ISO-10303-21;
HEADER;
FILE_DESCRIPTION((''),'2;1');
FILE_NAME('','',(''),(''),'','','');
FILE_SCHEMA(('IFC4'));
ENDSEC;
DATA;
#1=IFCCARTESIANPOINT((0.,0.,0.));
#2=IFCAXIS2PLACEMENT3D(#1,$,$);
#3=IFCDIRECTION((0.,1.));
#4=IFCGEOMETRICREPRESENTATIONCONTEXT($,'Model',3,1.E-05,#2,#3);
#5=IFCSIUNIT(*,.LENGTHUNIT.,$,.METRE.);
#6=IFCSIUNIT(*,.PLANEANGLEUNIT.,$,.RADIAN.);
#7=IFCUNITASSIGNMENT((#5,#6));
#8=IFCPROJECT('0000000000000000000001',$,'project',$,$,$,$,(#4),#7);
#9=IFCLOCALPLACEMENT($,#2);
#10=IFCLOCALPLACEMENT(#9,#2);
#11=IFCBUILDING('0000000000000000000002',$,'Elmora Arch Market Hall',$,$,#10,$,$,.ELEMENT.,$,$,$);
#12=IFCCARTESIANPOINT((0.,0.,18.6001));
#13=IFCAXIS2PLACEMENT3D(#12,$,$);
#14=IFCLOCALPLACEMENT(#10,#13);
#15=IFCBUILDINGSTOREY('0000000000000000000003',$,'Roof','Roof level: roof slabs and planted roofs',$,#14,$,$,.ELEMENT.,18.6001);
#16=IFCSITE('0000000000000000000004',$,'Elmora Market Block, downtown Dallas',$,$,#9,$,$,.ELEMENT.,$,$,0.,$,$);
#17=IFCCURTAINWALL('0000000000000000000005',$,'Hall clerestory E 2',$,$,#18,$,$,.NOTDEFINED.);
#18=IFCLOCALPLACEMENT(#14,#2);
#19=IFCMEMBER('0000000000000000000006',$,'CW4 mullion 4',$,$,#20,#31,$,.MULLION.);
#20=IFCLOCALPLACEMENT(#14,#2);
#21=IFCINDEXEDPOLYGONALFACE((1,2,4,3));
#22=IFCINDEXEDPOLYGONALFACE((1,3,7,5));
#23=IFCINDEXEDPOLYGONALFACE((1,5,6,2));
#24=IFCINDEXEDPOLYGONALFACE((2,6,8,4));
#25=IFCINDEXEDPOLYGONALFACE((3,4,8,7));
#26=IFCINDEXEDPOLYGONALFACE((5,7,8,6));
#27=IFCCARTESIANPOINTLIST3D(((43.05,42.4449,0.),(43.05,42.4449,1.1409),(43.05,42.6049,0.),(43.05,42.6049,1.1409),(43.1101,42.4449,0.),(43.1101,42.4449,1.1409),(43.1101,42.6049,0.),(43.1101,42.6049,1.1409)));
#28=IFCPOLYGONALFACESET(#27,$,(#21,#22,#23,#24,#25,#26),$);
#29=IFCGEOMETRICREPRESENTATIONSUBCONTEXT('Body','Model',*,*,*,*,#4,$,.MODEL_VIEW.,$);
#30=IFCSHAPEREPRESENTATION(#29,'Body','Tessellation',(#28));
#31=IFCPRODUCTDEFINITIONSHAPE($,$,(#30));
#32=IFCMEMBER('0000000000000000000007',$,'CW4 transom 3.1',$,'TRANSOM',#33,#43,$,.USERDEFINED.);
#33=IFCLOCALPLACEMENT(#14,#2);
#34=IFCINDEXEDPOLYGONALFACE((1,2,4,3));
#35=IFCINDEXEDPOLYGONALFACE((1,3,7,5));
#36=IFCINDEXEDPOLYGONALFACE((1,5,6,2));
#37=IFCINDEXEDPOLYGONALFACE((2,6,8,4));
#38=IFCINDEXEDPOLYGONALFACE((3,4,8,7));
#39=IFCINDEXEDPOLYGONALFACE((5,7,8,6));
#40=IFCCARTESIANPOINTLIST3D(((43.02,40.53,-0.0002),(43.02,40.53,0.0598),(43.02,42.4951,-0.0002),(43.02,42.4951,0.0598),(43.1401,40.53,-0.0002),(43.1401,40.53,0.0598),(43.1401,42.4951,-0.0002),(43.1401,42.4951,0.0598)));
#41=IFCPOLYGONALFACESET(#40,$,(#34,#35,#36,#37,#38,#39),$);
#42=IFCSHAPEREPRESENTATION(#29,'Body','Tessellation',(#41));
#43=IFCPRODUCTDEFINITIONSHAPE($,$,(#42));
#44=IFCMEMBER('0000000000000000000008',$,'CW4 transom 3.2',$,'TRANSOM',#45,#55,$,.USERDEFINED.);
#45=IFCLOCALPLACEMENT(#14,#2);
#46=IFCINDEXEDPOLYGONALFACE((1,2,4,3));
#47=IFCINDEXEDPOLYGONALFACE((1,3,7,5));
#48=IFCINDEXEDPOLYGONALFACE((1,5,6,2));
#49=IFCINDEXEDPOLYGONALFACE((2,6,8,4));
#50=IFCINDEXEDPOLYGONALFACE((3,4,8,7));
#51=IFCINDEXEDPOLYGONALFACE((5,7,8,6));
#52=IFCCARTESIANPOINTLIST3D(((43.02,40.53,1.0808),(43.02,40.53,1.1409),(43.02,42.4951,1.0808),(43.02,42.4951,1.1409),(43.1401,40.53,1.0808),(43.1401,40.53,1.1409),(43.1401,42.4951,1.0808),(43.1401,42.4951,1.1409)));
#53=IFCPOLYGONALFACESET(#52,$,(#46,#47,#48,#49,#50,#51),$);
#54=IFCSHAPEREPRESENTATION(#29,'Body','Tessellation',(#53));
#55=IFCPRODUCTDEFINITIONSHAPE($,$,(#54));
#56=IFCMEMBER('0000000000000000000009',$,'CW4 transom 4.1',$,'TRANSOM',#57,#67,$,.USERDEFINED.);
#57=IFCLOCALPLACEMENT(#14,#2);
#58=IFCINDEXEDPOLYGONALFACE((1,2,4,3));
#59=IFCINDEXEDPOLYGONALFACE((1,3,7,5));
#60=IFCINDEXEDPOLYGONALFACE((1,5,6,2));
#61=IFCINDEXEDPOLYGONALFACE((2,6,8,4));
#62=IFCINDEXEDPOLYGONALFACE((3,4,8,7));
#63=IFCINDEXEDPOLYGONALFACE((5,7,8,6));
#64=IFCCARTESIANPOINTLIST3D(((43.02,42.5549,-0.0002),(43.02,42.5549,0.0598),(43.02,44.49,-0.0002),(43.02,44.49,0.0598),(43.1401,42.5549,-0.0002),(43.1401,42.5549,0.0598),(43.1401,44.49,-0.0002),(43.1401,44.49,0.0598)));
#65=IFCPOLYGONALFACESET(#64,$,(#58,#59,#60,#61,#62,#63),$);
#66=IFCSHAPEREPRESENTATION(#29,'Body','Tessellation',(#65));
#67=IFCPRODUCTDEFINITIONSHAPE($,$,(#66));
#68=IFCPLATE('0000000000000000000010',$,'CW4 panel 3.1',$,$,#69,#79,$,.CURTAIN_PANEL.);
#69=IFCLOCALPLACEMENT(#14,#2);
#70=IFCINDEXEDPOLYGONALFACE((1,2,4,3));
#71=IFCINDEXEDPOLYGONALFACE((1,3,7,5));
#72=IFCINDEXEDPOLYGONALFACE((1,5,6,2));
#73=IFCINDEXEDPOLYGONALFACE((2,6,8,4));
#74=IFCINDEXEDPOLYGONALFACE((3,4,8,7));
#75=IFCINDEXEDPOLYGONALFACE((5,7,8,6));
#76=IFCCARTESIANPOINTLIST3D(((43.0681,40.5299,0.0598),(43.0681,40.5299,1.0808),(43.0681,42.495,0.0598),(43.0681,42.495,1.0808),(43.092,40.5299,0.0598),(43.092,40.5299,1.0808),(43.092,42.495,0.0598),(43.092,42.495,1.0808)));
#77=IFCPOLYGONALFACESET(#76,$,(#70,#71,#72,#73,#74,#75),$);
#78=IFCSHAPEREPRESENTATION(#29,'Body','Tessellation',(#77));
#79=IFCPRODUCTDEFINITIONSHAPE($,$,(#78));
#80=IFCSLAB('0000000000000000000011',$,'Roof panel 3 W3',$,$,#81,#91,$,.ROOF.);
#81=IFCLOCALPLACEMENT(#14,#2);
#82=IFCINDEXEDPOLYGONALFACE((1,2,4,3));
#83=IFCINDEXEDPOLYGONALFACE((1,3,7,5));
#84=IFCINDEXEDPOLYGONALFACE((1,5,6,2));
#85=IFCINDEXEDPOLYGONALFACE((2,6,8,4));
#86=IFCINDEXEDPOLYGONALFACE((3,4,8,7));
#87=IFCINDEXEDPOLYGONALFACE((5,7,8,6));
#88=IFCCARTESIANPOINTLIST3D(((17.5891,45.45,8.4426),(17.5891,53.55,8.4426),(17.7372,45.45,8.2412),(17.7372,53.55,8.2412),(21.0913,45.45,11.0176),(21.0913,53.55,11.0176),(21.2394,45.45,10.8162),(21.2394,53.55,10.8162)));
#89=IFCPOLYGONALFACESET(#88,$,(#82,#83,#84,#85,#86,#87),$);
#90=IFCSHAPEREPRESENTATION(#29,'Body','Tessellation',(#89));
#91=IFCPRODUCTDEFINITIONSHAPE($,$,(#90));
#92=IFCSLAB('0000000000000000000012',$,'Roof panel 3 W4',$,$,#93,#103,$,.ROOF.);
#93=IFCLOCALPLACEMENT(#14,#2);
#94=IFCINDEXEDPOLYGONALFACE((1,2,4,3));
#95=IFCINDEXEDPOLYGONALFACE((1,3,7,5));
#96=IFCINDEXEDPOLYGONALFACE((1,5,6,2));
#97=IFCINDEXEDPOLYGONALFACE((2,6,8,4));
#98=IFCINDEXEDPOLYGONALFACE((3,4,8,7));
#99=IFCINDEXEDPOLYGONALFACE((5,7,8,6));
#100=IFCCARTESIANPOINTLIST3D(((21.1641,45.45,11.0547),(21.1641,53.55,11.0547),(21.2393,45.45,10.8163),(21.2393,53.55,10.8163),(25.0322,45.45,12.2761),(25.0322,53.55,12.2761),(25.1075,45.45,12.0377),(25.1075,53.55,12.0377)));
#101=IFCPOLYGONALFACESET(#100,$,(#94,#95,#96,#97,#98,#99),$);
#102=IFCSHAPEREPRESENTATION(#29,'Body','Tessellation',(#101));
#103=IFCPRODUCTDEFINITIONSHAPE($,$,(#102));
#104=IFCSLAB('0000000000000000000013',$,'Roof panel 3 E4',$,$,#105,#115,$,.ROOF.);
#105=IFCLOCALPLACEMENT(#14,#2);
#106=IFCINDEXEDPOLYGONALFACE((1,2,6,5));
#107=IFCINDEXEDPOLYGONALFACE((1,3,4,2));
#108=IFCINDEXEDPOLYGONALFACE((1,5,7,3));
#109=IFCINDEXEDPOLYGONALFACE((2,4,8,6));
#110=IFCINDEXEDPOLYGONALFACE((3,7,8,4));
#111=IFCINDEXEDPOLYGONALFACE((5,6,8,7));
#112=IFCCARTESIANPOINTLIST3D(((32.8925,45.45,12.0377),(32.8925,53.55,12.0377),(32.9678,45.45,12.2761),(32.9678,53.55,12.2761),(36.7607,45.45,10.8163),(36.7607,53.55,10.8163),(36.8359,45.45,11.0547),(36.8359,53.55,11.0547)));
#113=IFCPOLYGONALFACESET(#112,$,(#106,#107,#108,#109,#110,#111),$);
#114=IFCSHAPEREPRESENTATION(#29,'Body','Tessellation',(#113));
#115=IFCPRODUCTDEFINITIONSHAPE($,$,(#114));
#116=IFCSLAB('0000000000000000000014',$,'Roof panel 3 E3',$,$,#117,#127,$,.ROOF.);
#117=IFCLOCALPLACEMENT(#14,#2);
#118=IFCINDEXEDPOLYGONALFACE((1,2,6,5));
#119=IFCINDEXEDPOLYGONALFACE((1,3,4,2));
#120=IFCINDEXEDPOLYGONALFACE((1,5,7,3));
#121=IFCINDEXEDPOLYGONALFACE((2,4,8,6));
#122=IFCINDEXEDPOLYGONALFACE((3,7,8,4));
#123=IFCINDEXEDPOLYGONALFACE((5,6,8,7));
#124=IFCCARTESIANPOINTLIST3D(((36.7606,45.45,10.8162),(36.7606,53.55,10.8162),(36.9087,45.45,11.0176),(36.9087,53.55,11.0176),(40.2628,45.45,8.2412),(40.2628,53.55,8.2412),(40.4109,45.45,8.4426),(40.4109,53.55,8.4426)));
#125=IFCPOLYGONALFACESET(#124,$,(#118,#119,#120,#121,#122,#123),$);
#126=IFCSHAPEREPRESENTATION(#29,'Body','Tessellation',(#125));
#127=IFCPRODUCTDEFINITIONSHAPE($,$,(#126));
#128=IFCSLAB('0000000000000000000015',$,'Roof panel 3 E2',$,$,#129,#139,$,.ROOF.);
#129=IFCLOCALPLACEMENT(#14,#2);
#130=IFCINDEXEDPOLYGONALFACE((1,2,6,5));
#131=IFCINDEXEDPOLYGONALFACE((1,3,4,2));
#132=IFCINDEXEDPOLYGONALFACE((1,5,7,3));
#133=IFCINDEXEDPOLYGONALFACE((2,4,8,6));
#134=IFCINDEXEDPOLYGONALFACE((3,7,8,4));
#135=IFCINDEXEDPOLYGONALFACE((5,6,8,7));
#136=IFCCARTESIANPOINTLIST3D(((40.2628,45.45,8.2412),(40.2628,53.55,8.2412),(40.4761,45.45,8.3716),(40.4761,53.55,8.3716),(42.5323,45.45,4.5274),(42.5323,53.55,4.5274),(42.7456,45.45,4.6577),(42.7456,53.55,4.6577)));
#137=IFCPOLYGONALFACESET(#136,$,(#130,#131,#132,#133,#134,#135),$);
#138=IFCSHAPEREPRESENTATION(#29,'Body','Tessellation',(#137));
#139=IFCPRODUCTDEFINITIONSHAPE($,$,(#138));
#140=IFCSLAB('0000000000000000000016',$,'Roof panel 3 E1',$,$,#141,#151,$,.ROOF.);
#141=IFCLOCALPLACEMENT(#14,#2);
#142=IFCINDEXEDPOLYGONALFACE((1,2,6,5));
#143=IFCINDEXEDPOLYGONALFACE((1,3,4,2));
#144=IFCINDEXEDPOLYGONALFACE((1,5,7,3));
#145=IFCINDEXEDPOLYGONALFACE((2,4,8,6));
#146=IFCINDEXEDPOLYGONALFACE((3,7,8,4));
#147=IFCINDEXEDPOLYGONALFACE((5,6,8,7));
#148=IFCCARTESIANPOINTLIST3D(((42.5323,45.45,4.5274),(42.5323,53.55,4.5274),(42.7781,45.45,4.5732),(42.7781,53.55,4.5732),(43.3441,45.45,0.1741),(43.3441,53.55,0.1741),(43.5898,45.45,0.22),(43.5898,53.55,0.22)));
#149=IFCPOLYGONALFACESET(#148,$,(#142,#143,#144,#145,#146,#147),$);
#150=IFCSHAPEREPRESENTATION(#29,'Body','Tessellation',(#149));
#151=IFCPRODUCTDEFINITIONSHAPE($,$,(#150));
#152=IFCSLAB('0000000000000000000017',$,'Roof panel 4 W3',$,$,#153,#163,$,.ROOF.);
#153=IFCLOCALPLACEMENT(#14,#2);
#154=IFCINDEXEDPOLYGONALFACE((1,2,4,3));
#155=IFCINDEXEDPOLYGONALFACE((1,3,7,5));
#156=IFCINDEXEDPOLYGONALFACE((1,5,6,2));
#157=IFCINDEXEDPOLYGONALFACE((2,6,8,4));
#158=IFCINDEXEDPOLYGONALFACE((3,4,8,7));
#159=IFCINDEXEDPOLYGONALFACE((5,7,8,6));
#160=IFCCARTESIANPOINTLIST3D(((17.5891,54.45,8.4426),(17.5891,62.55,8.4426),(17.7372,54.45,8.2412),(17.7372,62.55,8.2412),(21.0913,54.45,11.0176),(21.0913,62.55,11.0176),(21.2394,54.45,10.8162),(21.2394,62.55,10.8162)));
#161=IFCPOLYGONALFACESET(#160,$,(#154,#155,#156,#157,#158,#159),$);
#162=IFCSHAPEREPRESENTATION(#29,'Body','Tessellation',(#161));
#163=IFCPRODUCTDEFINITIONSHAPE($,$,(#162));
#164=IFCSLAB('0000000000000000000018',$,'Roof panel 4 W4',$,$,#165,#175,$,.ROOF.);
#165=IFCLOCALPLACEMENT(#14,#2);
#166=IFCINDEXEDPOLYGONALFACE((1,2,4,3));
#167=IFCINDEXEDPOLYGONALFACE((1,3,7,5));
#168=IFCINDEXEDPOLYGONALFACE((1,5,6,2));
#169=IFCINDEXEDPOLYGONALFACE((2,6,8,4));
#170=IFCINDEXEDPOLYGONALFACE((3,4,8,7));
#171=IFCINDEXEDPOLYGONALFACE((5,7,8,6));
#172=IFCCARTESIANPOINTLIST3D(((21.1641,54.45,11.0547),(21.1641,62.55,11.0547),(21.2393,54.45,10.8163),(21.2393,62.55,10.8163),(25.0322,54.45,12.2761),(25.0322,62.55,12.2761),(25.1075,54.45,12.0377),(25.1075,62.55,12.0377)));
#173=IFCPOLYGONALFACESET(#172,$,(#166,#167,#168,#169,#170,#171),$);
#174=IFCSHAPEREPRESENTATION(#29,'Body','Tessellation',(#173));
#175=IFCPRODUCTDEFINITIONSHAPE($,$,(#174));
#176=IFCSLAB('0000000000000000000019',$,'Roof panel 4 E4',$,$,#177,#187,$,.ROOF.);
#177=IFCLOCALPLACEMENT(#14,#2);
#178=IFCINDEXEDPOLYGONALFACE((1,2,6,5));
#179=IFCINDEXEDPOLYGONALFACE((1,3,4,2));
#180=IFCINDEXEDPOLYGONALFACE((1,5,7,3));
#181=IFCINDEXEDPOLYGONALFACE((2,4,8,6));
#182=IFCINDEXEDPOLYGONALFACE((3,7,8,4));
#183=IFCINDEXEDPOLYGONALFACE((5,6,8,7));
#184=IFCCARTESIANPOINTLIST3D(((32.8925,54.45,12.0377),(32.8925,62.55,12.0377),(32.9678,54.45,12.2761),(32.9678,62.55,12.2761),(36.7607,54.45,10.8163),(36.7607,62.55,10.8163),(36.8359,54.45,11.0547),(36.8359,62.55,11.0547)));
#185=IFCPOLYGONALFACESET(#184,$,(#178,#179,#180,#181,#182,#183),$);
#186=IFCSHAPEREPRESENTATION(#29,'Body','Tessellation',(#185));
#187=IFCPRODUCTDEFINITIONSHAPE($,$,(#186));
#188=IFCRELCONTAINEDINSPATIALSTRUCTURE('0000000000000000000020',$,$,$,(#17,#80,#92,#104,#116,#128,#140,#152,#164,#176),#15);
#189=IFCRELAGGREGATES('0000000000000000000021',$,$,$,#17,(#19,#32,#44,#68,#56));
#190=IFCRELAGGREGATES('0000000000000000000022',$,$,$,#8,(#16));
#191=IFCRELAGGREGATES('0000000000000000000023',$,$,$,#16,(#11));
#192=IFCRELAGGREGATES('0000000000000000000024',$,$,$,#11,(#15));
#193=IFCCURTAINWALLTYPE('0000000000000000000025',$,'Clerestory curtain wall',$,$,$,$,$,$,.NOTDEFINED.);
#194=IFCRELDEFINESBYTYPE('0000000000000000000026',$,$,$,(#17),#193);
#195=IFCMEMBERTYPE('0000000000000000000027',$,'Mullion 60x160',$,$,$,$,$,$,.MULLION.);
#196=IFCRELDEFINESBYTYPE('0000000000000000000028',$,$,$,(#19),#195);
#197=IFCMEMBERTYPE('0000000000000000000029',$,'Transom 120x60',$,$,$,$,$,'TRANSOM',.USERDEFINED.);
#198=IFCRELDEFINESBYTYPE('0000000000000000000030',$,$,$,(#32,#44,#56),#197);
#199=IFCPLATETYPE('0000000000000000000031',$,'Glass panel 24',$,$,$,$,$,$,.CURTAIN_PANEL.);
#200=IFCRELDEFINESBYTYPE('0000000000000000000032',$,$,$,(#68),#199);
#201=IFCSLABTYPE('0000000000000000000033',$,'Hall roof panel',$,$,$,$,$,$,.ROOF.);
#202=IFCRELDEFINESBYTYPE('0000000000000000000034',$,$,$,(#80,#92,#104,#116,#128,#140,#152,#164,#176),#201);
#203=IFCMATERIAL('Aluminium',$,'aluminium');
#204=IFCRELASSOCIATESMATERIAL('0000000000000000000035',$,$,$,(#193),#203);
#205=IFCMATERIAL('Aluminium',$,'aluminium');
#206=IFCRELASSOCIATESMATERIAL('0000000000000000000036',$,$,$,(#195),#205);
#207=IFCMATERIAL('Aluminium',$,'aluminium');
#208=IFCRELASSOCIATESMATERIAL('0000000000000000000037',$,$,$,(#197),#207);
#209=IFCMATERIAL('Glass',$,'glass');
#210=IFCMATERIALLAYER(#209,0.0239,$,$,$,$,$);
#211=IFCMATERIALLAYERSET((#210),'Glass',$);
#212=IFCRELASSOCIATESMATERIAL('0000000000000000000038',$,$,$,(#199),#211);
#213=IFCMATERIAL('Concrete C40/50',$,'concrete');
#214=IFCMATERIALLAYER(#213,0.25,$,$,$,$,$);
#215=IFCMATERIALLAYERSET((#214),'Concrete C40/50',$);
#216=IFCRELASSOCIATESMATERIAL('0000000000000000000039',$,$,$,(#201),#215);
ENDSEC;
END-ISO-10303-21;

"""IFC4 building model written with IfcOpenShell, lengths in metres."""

from ifc_helpers import new_model, si_unit, direction, frame, origin, origin_2d, place, context, subcontext, project, spatial, polyline, rectangle, outline, extrude, material, layer, layer_set, material_profile, profile_set, type_object, element, aggregate, save


model = new_model("IFC4")

# Units and contexts
model_context = context("Model", 3, precision=1e-05, world=origin(), true_north=direction((0.0, 1.0)))
body_context = subcontext(model_context, "Body", "Model", "MODEL_VIEW")
ifc_project = project(units=[si_unit("LENGTHUNIT", "METRE"), si_unit("PLANEANGLEUNIT", "RADIAN")], contexts=[model_context])

# Site, building, storey
site_placement = place(None, origin())
site = spatial("IfcSite", under=ifc_project, at=site_placement, Name="Elmora Market Block, downtown Dallas", CompositionType="ELEMENT", RefElevation=0.0)
building_placement = place(site_placement, origin())
building = spatial("IfcBuilding", under=site, at=building_placement, Name="Elmora Arch Market Hall", CompositionType="ELEMENT")
storey_placement = place(building_placement, frame((0.0, 0.0, 18.6001)))
storey = spatial("IfcBuildingStorey", under=building, at=storey_placement, Name="Roof", Description="Roof level: roof slabs and planted roofs", CompositionType="ELEMENT", Elevation=18.6001)

# Curtain wall, members, plate
ifc_material_1 = material(Name="Aluminium", Category="aluminium")
curtain_wall_type = type_object("IfcCurtainWallType", Name="Clerestory curtain wall", PredefinedType="NOTDEFINED", material=ifc_material_1)
curtain_wall_placement = place(storey_placement, origin())
curtain_wall = element("IfcCurtainWall", 1, at=curtain_wall_placement, inside=storey, type_object=curtain_wall_type, Name="Hall clerestory E 2", PredefinedType="NOTDEFINED")
ifc_material_2 = material(Name="Aluminium", Category="aluminium")
ifc_material_profile_1 = material_profile(ifc_material_2, rectangle(XDim=0.0601, YDim=0.1599, at=origin_2d()), Name="AL 60x160")
ifc_profile_set_1 = profile_set([ifc_material_profile_1], Name="Aluminium")
member_type_1 = type_object("IfcMemberType", Name="Mullion 60x160", PredefinedType="MULLION", material=ifc_profile_set_1)
member_1_placement = place(storey_placement, frame((43.0801, 42.5249, 0.0), z_axis=(0.0, 0.0, 1.0), x_axis=(-1.0, 0.0, 0.0)))
member_1 = element("IfcMember", 2, at=member_1_placement, type_object=member_type_1, Name="CW4 mullion 4", PredefinedType="MULLION", context=body_context, shape_type="SweptSolid", body=[
    extrude(rectangle(XDim=0.0601, YDim=0.1599, at=origin_2d()), origin(), (0.0, 0.0, 1.0), 1.1409),
])
ifc_material_3 = material(Name="Aluminium", Category="aluminium")
ifc_material_profile_2 = material_profile(ifc_material_3, rectangle(XDim=0.1201, YDim=0.0601, at=origin_2d()), Name="AL 120x60")
ifc_profile_set_2 = profile_set([ifc_material_profile_2], Name="Aluminium")
member_type_2 = type_object("IfcMemberType", Name="Transom 120x60", ElementType="TRANSOM", PredefinedType="USERDEFINED", material=ifc_profile_set_2)
member_2_placement = place(storey_placement, frame((43.0801, 40.53, 0.0298), z_axis=(0.0, 1.0, 0.0), x_axis=(-1.0, 0.0, 0.0)))
member_2 = element("IfcMember", 3, at=member_2_placement, type_object=member_type_2, Name="CW4 transom 3.1", ObjectType="TRANSOM", PredefinedType="USERDEFINED", context=body_context, shape_type="SweptSolid", body=[
    extrude(rectangle(XDim=0.1201, YDim=0.0601, at=origin_2d()), origin(), (0.0, 0.0, 1.0), 1.9651),
])
member_3_placement = place(storey_placement, frame((43.0801, 40.53, 1.1108), z_axis=(0.0, 1.0, 0.0), x_axis=(-1.0, 0.0, 0.0)))
member_3 = element("IfcMember", 4, at=member_3_placement, type_object=member_type_2, Name="CW4 transom 3.2", ObjectType="TRANSOM", PredefinedType="USERDEFINED", context=body_context, shape_type="SweptSolid", body=[
    extrude(rectangle(XDim=0.1201, YDim=0.0601, at=origin_2d()), origin(), (0.0, 0.0, 1.0), 1.9651),
])
member_4_placement = place(storey_placement, frame((43.0801, 42.5549, 0.0298), z_axis=(0.0, 1.0, 0.0), x_axis=(-1.0, 0.0, 0.0)))
member_4 = element("IfcMember", 5, at=member_4_placement, type_object=member_type_2, Name="CW4 transom 4.1", ObjectType="TRANSOM", PredefinedType="USERDEFINED", context=body_context, shape_type="SweptSolid", body=[
    extrude(rectangle(XDim=0.1201, YDim=0.0601, at=origin_2d()), origin(), (0.0, 0.0, 1.0), 1.9351),
])
ifc_material_4 = material(Name="Glass", Category="glass")
ifc_layer_1 = layer(ifc_material_4, 0.0239)
ifc_layer_set_1 = layer_set([ifc_layer_1], Name="Glass")
plate_type = type_object("IfcPlateType", Name="Glass panel 24", PredefinedType="CURTAIN_PANEL", material=ifc_layer_set_1)
plate_placement = place(storey_placement, frame((43.0801, 41.5125, 0.0598), z_axis=(0.0, 0.0, 1.0), x_axis=(0.0, 1.0, 0.0)))
plate = element("IfcPlate", 6, at=plate_placement, type_object=plate_type, Name="CW4 panel 3.1", PredefinedType="CURTAIN_PANEL", context=body_context, shape_type="SweptSolid", body=[
    extrude(rectangle(XDim=1.9651, YDim=0.0239, at=origin_2d()), origin(), (0.0, 0.0, 1.0), 1.021),
])
aggregate(curtain_wall, [member_1, member_2, member_3, plate, member_4])

# Slabs
ifc_material_5 = material(Name="Concrete C40/50", Category="concrete")
ifc_layer_2 = layer(ifc_material_5, 0.25)
ifc_layer_set_2 = layer_set([ifc_layer_2], Name="Concrete C40/50")
slab_type = type_object("IfcSlabType", Name="Hall roof panel", PredefinedType="ROOF", material=ifc_layer_set_2)
slab_1_placement = place(storey_placement, frame((17.5891, 45.45, 8.4426), z_axis=(-0.592362, 0.0, 0.805672), x_axis=(0.0, 1.0, 0.0)))
element("IfcSlab", 7, at=slab_1_placement, inside=storey, type_object=slab_type, Name="Roof panel 3 W3", PredefinedType="ROOF", context=body_context, shape_type="SweptSolid", body=[
    extrude(outline(polyline([(0.0, 0.0), (8.1001, 0.0), (8.1001, -4.3469), (0.0, -4.3469), (0.0, 0.0)])), origin(), (0.0, 0.0, -1.0), 0.25),
])
for number, where, z_axis, x_axis, name in (
    (8, (21.1641, 45.45, 11.0547), (-0.301111, 0.0, 0.953589), (0.0, 1.0, 0.0), "Roof panel 3 W4"),
    (9, (32.9678, 45.45, 12.2761), (0.301111, 0.0, 0.953589), (0.0, 1.0, 0.0), "Roof panel 3 E4"),
):
    element("IfcSlab", number, at=place(storey_placement, frame(where, z_axis=z_axis, x_axis=x_axis)), inside=storey, type_object=slab_type, Name=name, PredefinedType="ROOF", context=body_context, shape_type="SweptSolid", body=[
        extrude(outline(polyline([(0.0, 0.0), (8.1001, 0.0), (8.1001, -4.0564), (0.0, -4.0564), (0.0, 0.0)])), origin(), (0.0, 0.0, -1.0), 0.25),
    ])
slab_2_placement = place(storey_placement, frame((36.9087, 45.45, 11.0176), z_axis=(0.592362, 0.0, 0.805672), x_axis=(0.0, 1.0, 0.0)))
element("IfcSlab", 10, at=slab_2_placement, inside=storey, type_object=slab_type, Name="Roof panel 3 E3", PredefinedType="ROOF", context=body_context, shape_type="SweptSolid", body=[
    extrude(outline(polyline([(0.0, 0.0), (8.1001, 0.0), (8.1001, -4.3469), (0.0, -4.3469), (0.0, 0.0)])), origin(), (0.0, 0.0, -1.0), 0.25),
])
slab_3_placement = place(storey_placement, frame((40.4761, 45.45, 8.3716), z_axis=(0.853287, 0.0, 0.521441), x_axis=(0.0, 1.0, 0.0)))
element("IfcSlab", 11, at=slab_3_placement, inside=storey, type_object=slab_type, Name="Roof panel 3 E2", PredefinedType="ROOF", context=body_context, shape_type="SweptSolid", body=[
    extrude(outline(polyline([(0.0, 0.0), (8.1001, 0.0), (8.1001, -4.3524), (0.0, -4.3524), (0.0, 0.0)])), origin(), (0.0, 0.0, -1.0), 0.25),
])
slab_4_placement = place(storey_placement, frame((42.7781, 45.45, 4.5732), z_axis=(0.983055, 0.0, 0.183313), x_axis=(0.0, 1.0, 0.0)))
element("IfcSlab", 12, at=slab_4_placement, inside=storey, type_object=slab_type, Name="Roof panel 3 E1", PredefinedType="ROOF", context=body_context, shape_type="SweptSolid", body=[
    extrude(outline(polyline([(0.0, 0.0), (8.1001, 0.0), (8.1001, -4.4283), (0.0, -4.4283), (0.0, 0.0)])), origin(), (0.0, 0.0, -1.0), 0.25),
])
slab_5_placement = place(storey_placement, frame((17.5891, 54.45, 8.4426), z_axis=(-0.592362, 0.0, 0.805672), x_axis=(0.0, 1.0, 0.0)))
element("IfcSlab", 13, at=slab_5_placement, inside=storey, type_object=slab_type, Name="Roof panel 4 W3", PredefinedType="ROOF", context=body_context, shape_type="SweptSolid", body=[
    extrude(outline(polyline([(0.0, 0.0), (8.1001, 0.0), (8.1001, -4.3469), (0.0, -4.3469), (0.0, 0.0)])), origin(), (0.0, 0.0, -1.0), 0.25),
])
for number, where, z_axis, x_axis, name in (
    (14, (21.1641, 54.45, 11.0547), (-0.301111, 0.0, 0.953589), (0.0, 1.0, 0.0), "Roof panel 4 W4"),
    (15, (32.9678, 54.45, 12.2761), (0.301111, 0.0, 0.953589), (0.0, 1.0, 0.0), "Roof panel 4 E4"),
):
    element("IfcSlab", number, at=place(storey_placement, frame(where, z_axis=z_axis, x_axis=x_axis)), inside=storey, type_object=slab_type, Name=name, PredefinedType="ROOF", context=body_context, shape_type="SweptSolid", body=[
        extrude(outline(polyline([(0.0, 0.0), (8.1001, 0.0), (8.1001, -4.0564), (0.0, -4.0564), (0.0, 0.0)])), origin(), (0.0, 0.0, -1.0), 0.25),
    ])

save(model, "model.ifc")
